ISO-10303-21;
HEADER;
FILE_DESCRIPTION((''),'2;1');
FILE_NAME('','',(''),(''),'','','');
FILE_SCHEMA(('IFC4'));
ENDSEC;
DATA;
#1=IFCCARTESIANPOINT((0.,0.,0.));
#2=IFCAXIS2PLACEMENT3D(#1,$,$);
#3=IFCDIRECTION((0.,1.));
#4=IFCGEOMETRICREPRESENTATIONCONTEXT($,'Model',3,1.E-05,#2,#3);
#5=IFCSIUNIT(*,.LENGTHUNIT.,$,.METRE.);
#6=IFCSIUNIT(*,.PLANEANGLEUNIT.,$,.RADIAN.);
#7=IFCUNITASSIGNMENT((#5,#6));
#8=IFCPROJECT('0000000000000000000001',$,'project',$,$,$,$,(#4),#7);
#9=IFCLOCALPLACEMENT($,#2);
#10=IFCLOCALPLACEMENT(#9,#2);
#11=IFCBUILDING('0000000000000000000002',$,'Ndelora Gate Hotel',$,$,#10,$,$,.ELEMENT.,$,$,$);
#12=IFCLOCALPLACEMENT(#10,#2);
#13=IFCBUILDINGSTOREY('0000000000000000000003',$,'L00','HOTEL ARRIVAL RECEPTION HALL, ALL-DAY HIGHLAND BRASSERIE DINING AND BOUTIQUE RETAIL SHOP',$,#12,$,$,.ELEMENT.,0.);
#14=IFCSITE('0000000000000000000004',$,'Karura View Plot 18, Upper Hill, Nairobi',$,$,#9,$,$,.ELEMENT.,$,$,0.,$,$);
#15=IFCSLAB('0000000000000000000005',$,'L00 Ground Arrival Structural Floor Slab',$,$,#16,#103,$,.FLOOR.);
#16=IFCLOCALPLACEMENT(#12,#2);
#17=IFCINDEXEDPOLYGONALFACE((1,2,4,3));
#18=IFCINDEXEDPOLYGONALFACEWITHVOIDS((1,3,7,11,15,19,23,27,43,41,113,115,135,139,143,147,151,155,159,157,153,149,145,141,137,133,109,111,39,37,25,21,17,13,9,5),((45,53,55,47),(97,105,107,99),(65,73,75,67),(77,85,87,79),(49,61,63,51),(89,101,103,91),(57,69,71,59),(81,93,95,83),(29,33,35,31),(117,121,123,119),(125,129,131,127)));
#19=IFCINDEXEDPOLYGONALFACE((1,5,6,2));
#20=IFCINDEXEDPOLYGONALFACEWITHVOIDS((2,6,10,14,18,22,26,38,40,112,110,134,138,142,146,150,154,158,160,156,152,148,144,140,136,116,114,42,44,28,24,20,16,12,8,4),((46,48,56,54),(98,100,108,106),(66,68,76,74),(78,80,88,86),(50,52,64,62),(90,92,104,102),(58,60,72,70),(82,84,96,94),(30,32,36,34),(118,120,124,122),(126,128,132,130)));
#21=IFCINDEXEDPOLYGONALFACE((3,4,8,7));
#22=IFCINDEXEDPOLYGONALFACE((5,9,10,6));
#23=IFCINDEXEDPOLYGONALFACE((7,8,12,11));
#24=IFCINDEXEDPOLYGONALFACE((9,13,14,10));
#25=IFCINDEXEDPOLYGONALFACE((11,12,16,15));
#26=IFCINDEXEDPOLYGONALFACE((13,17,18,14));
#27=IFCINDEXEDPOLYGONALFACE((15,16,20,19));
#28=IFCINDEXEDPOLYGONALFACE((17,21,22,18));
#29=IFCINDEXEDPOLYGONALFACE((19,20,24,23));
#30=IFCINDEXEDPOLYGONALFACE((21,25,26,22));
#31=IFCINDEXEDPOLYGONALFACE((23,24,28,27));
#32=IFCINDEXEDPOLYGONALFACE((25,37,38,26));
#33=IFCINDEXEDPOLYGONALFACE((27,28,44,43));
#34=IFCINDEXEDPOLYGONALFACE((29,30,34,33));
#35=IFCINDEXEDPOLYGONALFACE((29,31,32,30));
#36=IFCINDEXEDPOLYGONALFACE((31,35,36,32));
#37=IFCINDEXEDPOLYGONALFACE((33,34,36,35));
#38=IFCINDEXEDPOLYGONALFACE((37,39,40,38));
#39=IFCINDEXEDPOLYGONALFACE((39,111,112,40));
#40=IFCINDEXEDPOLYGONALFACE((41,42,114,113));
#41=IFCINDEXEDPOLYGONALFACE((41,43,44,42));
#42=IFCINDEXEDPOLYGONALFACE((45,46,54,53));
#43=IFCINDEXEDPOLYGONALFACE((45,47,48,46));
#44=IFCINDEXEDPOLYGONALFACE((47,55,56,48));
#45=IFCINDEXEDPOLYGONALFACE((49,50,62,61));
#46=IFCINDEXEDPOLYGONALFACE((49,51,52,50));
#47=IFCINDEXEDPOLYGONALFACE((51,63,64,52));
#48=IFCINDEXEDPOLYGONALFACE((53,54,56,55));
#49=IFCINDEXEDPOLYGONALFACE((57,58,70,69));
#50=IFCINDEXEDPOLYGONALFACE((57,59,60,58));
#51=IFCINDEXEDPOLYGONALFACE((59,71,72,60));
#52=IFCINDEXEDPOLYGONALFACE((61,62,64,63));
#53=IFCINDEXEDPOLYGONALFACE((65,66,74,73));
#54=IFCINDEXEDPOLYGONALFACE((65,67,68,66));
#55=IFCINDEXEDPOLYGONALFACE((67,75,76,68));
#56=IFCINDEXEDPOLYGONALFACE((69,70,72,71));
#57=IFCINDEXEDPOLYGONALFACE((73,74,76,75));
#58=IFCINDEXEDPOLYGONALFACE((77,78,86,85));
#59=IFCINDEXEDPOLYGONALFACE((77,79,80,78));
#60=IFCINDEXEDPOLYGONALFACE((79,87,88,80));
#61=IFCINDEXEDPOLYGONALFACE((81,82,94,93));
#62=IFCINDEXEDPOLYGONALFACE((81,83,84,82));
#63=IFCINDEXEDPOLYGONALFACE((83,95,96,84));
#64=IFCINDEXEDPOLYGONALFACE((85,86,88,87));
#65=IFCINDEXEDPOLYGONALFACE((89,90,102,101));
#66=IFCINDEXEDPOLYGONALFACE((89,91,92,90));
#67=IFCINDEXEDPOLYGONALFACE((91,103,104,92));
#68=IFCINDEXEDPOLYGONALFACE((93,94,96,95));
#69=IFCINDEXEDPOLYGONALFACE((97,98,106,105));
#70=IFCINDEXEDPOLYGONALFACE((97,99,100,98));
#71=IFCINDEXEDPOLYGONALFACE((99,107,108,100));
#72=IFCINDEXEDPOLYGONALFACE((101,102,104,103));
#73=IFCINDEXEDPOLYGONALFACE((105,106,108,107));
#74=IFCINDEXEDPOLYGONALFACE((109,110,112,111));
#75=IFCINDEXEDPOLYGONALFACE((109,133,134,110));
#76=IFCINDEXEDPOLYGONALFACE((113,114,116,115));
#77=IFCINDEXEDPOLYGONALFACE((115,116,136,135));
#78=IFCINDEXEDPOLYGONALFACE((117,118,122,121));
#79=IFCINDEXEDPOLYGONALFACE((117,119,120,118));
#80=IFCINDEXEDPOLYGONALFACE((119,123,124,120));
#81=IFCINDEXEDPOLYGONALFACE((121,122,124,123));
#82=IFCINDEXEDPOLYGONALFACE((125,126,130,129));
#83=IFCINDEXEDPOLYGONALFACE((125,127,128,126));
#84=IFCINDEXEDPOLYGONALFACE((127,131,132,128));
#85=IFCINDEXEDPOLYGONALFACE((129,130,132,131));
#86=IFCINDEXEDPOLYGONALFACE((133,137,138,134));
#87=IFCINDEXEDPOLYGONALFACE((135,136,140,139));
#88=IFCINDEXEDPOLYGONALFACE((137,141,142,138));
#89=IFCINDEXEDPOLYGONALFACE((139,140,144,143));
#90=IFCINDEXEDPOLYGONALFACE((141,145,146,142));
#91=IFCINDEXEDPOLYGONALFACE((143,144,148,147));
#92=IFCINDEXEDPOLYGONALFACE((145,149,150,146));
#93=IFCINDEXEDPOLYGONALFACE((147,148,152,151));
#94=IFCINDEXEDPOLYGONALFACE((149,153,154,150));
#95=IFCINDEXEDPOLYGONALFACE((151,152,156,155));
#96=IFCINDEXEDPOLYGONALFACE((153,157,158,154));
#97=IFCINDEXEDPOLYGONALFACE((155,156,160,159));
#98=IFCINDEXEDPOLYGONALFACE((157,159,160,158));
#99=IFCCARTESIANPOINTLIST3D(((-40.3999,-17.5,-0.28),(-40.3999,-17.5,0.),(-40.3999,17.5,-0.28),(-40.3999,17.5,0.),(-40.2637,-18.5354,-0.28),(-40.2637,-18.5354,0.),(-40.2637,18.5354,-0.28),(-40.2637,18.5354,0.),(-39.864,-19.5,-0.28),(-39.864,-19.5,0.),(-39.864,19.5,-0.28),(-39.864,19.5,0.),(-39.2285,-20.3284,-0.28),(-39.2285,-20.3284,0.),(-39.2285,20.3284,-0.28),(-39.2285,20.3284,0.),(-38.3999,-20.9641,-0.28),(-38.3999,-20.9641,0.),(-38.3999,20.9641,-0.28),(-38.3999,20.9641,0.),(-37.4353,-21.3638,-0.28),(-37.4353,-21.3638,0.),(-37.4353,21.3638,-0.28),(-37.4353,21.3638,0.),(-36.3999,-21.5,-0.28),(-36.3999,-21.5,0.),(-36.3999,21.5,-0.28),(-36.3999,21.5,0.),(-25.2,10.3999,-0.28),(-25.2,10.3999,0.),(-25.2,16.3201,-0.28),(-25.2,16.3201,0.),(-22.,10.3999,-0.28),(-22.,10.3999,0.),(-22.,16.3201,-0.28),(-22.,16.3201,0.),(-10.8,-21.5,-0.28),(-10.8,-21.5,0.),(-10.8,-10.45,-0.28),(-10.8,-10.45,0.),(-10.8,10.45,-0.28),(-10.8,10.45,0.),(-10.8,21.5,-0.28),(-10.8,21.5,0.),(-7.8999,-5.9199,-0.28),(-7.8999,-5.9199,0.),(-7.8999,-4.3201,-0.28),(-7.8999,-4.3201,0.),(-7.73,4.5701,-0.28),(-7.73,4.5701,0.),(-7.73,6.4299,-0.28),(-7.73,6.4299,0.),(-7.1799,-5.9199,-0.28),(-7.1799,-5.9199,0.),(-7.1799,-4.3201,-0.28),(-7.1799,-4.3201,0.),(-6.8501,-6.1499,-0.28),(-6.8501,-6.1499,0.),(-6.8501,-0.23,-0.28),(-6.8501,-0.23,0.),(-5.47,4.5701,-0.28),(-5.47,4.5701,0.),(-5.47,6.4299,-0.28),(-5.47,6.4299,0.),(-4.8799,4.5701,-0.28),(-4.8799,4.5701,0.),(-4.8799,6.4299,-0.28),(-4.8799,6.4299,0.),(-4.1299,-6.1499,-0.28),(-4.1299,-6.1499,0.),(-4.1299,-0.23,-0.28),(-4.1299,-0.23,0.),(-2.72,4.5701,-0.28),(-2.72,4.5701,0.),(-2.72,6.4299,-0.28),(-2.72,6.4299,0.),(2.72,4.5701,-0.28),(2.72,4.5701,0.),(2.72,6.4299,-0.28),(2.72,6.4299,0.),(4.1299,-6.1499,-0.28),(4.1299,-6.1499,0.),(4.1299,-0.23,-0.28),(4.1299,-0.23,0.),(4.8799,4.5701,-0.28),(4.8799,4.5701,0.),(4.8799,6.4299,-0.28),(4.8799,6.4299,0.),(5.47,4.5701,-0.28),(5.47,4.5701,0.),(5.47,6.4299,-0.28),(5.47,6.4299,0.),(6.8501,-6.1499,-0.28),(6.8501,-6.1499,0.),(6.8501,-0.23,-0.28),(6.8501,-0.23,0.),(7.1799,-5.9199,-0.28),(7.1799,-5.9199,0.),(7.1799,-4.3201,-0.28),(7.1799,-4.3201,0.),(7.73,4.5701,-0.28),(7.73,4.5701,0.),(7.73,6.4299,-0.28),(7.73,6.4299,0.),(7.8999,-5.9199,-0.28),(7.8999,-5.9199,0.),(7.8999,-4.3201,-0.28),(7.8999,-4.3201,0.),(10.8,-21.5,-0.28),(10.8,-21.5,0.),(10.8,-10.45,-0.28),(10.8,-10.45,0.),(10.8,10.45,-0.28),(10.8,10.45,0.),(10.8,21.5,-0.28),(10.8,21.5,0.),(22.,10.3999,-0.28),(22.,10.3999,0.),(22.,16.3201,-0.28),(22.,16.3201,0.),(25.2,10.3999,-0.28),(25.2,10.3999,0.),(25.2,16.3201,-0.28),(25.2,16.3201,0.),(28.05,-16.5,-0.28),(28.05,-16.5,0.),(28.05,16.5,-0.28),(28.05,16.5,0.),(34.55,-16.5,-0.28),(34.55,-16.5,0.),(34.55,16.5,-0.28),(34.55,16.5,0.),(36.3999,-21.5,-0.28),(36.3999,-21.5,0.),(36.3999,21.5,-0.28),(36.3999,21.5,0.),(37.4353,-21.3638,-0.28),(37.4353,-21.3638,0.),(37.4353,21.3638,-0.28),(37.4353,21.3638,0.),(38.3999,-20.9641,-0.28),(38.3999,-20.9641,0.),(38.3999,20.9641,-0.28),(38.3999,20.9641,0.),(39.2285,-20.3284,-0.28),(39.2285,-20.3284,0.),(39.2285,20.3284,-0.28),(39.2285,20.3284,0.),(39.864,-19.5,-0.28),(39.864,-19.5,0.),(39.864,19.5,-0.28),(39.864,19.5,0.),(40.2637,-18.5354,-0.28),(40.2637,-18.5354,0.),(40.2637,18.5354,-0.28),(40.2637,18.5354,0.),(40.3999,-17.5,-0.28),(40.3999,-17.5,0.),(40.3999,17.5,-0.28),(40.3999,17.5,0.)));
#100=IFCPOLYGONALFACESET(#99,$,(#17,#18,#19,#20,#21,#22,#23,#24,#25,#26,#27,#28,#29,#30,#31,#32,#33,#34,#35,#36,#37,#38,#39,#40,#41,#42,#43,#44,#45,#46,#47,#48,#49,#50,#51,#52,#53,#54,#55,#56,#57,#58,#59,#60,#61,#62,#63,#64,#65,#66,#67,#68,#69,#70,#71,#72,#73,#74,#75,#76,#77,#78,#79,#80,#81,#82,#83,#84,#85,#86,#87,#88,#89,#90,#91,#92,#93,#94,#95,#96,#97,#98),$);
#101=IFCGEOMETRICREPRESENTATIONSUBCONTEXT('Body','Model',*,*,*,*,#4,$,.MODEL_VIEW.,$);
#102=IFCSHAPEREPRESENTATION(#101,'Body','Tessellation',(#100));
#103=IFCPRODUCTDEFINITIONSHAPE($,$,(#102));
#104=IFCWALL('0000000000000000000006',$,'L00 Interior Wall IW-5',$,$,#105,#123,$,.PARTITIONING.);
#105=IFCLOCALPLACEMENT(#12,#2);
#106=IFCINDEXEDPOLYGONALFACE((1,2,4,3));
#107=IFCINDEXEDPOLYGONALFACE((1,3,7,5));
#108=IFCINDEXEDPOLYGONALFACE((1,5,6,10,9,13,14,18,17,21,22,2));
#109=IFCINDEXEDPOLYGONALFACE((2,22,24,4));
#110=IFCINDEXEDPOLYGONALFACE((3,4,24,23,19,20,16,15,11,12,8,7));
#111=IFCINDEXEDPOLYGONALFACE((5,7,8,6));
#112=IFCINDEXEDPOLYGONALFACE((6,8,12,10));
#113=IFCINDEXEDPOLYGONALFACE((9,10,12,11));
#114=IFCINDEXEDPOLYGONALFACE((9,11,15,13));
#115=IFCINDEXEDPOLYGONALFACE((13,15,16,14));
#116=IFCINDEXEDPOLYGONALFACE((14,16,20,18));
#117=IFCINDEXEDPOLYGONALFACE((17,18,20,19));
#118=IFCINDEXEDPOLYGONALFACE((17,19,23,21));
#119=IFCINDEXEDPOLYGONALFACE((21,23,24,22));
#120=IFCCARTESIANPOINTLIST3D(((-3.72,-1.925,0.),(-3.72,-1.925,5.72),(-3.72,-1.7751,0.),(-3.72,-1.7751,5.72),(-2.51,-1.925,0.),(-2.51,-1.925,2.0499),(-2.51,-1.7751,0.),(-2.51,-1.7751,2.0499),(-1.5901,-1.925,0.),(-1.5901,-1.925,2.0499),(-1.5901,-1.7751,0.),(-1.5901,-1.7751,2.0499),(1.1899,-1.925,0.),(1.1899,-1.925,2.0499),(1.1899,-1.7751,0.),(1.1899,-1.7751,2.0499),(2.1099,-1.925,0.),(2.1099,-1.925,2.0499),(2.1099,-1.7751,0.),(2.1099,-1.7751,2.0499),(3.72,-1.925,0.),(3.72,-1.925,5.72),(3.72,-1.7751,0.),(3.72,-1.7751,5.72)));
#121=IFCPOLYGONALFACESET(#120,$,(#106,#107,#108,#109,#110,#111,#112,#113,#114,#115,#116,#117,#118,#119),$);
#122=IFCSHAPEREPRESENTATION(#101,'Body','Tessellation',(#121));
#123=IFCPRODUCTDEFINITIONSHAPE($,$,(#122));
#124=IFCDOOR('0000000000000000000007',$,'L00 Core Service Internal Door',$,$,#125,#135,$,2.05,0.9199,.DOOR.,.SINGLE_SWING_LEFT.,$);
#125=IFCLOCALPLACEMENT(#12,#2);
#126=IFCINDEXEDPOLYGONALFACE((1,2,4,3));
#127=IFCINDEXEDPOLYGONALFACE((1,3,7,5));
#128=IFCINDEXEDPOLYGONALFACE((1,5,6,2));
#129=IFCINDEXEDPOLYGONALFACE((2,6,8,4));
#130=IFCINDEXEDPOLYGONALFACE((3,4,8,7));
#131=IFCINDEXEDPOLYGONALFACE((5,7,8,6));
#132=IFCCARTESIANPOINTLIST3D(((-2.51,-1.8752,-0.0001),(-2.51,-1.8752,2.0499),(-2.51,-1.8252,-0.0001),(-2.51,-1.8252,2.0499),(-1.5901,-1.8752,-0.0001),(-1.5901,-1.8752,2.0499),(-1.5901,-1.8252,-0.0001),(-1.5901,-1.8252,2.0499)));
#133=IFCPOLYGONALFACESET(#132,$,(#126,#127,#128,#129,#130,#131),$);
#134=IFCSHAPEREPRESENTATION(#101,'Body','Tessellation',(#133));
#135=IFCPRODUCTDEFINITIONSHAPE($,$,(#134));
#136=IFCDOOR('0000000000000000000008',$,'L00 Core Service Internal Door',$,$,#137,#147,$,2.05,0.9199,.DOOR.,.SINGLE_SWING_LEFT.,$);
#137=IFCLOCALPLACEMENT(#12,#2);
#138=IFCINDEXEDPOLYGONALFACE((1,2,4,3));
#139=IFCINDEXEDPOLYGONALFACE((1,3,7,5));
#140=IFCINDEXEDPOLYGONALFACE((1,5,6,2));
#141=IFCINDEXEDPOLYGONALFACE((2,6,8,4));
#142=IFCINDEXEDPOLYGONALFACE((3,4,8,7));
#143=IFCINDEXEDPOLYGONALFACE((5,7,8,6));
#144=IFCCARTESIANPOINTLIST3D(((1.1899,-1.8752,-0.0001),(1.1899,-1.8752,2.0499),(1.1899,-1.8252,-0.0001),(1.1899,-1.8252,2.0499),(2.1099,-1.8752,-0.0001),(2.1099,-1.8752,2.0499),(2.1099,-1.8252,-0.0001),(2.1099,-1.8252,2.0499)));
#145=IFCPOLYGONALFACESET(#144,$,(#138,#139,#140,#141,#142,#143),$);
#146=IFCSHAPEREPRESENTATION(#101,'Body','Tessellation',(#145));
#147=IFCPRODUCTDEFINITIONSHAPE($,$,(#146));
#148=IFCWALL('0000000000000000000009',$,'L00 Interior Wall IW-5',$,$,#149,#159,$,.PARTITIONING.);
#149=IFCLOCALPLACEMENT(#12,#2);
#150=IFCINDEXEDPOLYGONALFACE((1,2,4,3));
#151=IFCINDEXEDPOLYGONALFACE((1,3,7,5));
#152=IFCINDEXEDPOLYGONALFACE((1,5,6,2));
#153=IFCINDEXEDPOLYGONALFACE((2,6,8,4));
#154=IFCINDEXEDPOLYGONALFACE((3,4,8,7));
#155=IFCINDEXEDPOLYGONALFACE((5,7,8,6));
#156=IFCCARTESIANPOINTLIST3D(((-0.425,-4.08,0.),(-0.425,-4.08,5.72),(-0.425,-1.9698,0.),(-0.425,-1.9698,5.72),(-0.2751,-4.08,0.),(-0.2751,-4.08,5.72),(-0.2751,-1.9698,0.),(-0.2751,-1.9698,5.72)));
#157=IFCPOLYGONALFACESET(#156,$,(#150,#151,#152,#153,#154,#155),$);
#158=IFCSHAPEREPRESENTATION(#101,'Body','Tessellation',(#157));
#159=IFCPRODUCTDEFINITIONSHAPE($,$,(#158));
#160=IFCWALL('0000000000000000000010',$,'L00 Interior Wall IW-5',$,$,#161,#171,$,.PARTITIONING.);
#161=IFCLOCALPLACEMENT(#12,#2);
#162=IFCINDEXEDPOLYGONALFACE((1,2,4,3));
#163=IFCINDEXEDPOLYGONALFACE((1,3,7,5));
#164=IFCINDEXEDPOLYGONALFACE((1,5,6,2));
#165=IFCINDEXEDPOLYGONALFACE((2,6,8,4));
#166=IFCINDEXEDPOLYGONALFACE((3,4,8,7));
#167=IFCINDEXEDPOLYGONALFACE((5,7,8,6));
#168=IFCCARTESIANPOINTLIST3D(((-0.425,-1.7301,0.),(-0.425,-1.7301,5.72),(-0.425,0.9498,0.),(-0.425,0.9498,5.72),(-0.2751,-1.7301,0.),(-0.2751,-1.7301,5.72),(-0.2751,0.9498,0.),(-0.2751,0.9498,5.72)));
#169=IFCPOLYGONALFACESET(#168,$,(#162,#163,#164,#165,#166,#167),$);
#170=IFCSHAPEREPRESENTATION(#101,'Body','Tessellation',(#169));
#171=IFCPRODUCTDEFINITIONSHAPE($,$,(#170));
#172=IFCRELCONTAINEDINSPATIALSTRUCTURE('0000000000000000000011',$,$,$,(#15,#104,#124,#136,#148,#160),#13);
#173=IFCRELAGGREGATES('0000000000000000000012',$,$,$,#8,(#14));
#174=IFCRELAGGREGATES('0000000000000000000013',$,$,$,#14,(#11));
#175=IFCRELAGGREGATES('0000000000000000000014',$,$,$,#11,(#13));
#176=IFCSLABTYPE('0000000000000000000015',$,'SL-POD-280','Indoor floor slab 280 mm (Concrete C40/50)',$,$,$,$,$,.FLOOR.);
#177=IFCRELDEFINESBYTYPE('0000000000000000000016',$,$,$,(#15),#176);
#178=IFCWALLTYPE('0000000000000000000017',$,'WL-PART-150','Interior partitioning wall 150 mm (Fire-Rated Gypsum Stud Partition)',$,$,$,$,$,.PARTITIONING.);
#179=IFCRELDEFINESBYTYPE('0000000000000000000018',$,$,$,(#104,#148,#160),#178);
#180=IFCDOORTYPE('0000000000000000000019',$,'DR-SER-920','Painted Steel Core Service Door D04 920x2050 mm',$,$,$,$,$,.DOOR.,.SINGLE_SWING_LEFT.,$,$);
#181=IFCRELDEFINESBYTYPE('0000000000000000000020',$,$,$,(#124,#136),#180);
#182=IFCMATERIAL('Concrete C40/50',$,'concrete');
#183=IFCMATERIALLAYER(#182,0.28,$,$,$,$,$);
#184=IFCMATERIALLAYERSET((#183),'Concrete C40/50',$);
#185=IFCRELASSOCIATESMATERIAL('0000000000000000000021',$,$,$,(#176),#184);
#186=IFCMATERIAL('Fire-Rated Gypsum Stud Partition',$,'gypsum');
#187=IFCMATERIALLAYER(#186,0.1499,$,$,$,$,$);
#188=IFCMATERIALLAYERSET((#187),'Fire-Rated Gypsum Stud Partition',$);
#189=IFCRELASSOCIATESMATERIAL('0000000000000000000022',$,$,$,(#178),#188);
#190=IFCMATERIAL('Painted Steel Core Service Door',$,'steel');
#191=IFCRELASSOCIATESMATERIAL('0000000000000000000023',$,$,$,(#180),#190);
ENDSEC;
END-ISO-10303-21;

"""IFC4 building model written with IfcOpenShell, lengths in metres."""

from ifc_helpers import new_model, si_unit, direction, frame, frame_2d, origin, place, context, subcontext, project, spatial, polyline, rectangle, outline, extrude, material, layer, layer_set, type_object, element, fill, save


model = new_model("IFC4")

# Units and contexts
model_context = context("Model", 3, precision=1e-05, world=origin(), true_north=direction((0.0, 1.0)))
body_context = subcontext(model_context, "Body", "Model", "MODEL_VIEW")
ifc_project = project(units=[si_unit("LENGTHUNIT", "METRE"), si_unit("PLANEANGLEUNIT", "RADIAN")], contexts=[model_context])

# Site, building, storey
site_placement = place(None, origin())
site = spatial("IfcSite", under=ifc_project, at=site_placement, Name="Karura View Plot 18, Upper Hill, Nairobi", CompositionType="ELEMENT", RefElevation=0.0)
building_placement = place(site_placement, origin())
building = spatial("IfcBuilding", under=site, at=building_placement, Name="Ndelora Gate Hotel", CompositionType="ELEMENT")
storey_placement = place(building_placement, origin())
storey = spatial("IfcBuildingStorey", under=building, at=storey_placement, Name="L00", Description="HOTEL ARRIVAL RECEPTION HALL, ALL-DAY HIGHLAND BRASSERIE DINING AND BOUTIQUE RETAIL SHOP", CompositionType="ELEMENT", Elevation=0.0)

# Slab
ifc_material_1 = material(Name="Concrete C40/50", Category="concrete")
ifc_layer_1 = layer(ifc_material_1, 0.28)
ifc_layer_set_1 = layer_set([ifc_layer_1], Name="Concrete C40/50")
slab_type_1 = type_object("IfcSlabType", Name="SL-POD-280", Description="Indoor floor slab 280 mm (Concrete C40/50)", PredefinedType="FLOOR", material=ifc_layer_set_1)
slab_1_placement = place(storey_placement, frame((0.0, 0.0, -0.28)))
element("IfcSlab", 1, at=slab_1_placement, inside=storey, type_object=slab_type_1, Name="L00 Ground Arrival Structural Floor Slab", PredefinedType="FLOOR", context=body_context, shape_type="SweptSolid", body=[
    extrude(outline(polyline([(-36.3999, -21.5), (-10.8, -21.5), (-10.8, -10.45), (10.8, -10.45), (10.8, -21.5), (36.3999, -21.5), (37.4353, -21.3638), (38.3999, -20.9641), (39.2285, -20.3284), (39.864, -19.5), (40.2637, -18.5354), (40.3999, -17.5), (40.3999, 17.5), (40.2637, 18.5354), (39.864, 19.5), (39.2285, 20.3284), (38.3999, 20.9641), (37.4353, 21.3638), (36.3999, 21.5), (10.8, 21.5), (10.8, 10.45), (-10.8, 10.45), (-10.8, 21.5), (-36.3999, 21.5), (-37.4353, 21.3638), (-38.3999, 20.9641), (-39.2285, 20.3284), (-39.864, 19.5), (-40.2637, 18.5354), (-40.3999, 17.5), (-40.3999, -17.5), (-40.2637, -18.5354), (-39.864, -19.5), (-39.2285, -20.3284), (-38.3999, -20.9641), (-37.4353, -21.3638), (-36.3999, -21.5)]), holes=[polyline([(-6.8501, -0.23), (-6.8501, -6.1499), (-4.1299, -6.1499), (-4.1299, -0.23), (-6.8501, -0.23)]), polyline([(4.1299, -0.23), (4.1299, -6.1499), (6.8501, -6.1499), (6.8501, -0.23), (4.1299, -0.23)]), polyline([(-25.2, 16.3201), (-25.2, 10.3999), (-22.0, 10.3999), (-22.0, 16.3201), (-25.2, 16.3201)]), polyline([(22.0, 16.3201), (22.0, 10.3999), (25.2, 10.3999), (25.2, 16.3201), (22.0, 16.3201)]), polyline([(-7.73, 4.5701), (-5.47, 4.5701), (-5.47, 6.4299), (-7.73, 6.4299), (-7.73, 4.5701)]), polyline([(5.47, 4.5701), (7.73, 4.5701), (7.73, 6.4299), (5.47, 6.4299), (5.47, 4.5701)]), polyline([(-4.8799, 4.5701), (-2.72, 4.5701), (-2.72, 6.4299), (-4.8799, 6.4299), (-4.8799, 4.5701)]), polyline([(2.72, 4.5701), (4.8799, 4.5701), (4.8799, 6.4299), (2.72, 6.4299), (2.72, 4.5701)]), polyline([(-7.8999, -5.9199), (-7.1799, -5.9199), (-7.1799, -4.3201), (-7.8999, -4.3201), (-7.8999, -5.9199)]), polyline([(7.1799, -5.9199), (7.8999, -5.9199), (7.8999, -4.3201), (7.1799, -4.3201), (7.1799, -5.9199)]), polyline([(28.05, -16.5), (34.55, -16.5), (34.55, 16.5), (28.05, 16.5), (28.05, -16.5)])]), origin(), (0.0, 0.0, 1.0), 0.28),
])

# Wall, openings, doors
ifc_material_2 = material(Name="Fire-Rated Gypsum Stud Partition", Category="gypsum")
ifc_layer_2 = layer(ifc_material_2, 0.1499)
ifc_layer_set_2 = layer_set([ifc_layer_2], Name="Fire-Rated Gypsum Stud Partition")
wall_type_1 = type_object("IfcWallType", Name="WL-PART-150", Description="Interior partitioning wall 150 mm (Fire-Rated Gypsum Stud Partition)", PredefinedType="PARTITIONING", material=ifc_layer_set_2)
wall_1_placement = place(storey_placement, frame((-3.72, -1.8501, 0.0), z_axis=(0.0, 0.0, 1.0), x_axis=(1.0, 0.0, 0.0)))
wall_1 = element("IfcWall", 2, at=wall_1_placement, inside=storey, type_object=wall_type_1, Name="L00 Interior Wall IW-5", PredefinedType="PARTITIONING", context=body_context, shape_type="SweptSolid", body=[
    extrude(rectangle(XDim=7.4399, YDim=0.1499, at=frame_2d((3.72, 0.0))), origin(), (0.0, 0.0, 1.0), 5.72),
])
opening_1_placement = place(wall_1_placement, frame((1.21, 0.0, 0.0)))
opening_1 = element("IfcOpeningElement", 3, at=opening_1_placement, cuts=wall_1, PredefinedType="OPENING", context=body_context, shape_type="SweptSolid", body=[
    extrude(rectangle(XDim=0.9199, YDim=2.05, at=frame_2d((0.46, 1.0249))), frame((0.0, 0.085, 0.0), z_axis=(0.0, -1.0, 0.0), x_axis=(1.0, 0.0, 0.0)), (0.0, 0.0, 1.0), 0.1699),
])
opening_2_placement = place(wall_1_placement, frame((4.9099, 0.0, 0.0)))
opening_2 = element("IfcOpeningElement", 4, at=opening_2_placement, cuts=wall_1, PredefinedType="OPENING", context=body_context, shape_type="SweptSolid", body=[
    extrude(rectangle(XDim=0.9199, YDim=2.05, at=frame_2d((0.46, 1.0249))), frame((0.0, 0.085, 0.0), z_axis=(0.0, -1.0, 0.0), x_axis=(1.0, 0.0, 0.0)), (0.0, 0.0, 1.0), 0.1699),
])
ifc_material_3 = material(Name="Painted Steel Core Service Door", Category="steel")
door_type = type_object("IfcDoorType", Name="DR-SER-920", Description="Painted Steel Core Service Door D04 920x2050 mm", OperationType="SINGLE_SWING_LEFT", PredefinedType="DOOR", material=ifc_material_3)
door_1_placement = place(opening_1_placement, origin())
door_1 = element("IfcDoor", 5, at=door_1_placement, inside=storey, type_object=door_type, Name="L00 Core Service Internal Door", OperationType="SINGLE_SWING_LEFT", OverallHeight=2.05, OverallWidth=0.9199, PredefinedType="DOOR", context=body_context, shape_type="SweptSolid", body=[
    extrude(rectangle(XDim=0.9199, YDim=2.05, at=frame_2d((0.46, 1.0249))), frame((0.0, 0.0249, 0.0), z_axis=(0.0, -1.0, 0.0), x_axis=(1.0, 0.0, 0.0)), (0.0, 0.0, 1.0), 0.05),
])
fill(opening_1, door_1)
door_2_placement = place(opening_2_placement, origin())
door_2 = element("IfcDoor", 6, at=door_2_placement, inside=storey, type_object=door_type, Name="L00 Core Service Internal Door", OperationType="SINGLE_SWING_LEFT", OverallHeight=2.05, OverallWidth=0.9199, PredefinedType="DOOR", context=body_context, shape_type="SweptSolid", body=[
    extrude(rectangle(XDim=0.9199, YDim=2.05, at=frame_2d((0.46, 1.0249))), frame((0.0, 0.0249, 0.0), z_axis=(0.0, -1.0, 0.0), x_axis=(1.0, 0.0, 0.0)), (0.0, 0.0, 1.0), 0.05),
])
fill(opening_2, door_2)

# Walls
wall_2_placement = place(storey_placement, frame((-0.3501, -4.0801, 0.0), z_axis=(0.0, 0.0, 1.0), x_axis=(0.0, 1.0, 0.0)))
element("IfcWall", 7, at=wall_2_placement, inside=storey, type_object=wall_type_1, Name="L00 Interior Wall IW-5", PredefinedType="PARTITIONING", context=body_context, shape_type="SweptSolid", body=[
    extrude(rectangle(XDim=2.1101, YDim=0.1499, at=frame_2d((1.0552, 0.0))), origin(), (0.0, 0.0, 1.0), 5.72),
])
wall_3_placement = place(storey_placement, frame((-0.3501, -1.73, 0.0), z_axis=(0.0, 0.0, 1.0), x_axis=(0.0, 1.0, 0.0)))
element("IfcWall", 8, at=wall_3_placement, inside=storey, type_object=wall_type_1, Name="L00 Interior Wall IW-5", PredefinedType="PARTITIONING", context=body_context, shape_type="SweptSolid", body=[
    extrude(rectangle(XDim=2.6799, YDim=0.1499, at=frame_2d((1.3398, 0.0))), origin(), (0.0, 0.0, 1.0), 5.72),
])

save(model, "model.ifc")
